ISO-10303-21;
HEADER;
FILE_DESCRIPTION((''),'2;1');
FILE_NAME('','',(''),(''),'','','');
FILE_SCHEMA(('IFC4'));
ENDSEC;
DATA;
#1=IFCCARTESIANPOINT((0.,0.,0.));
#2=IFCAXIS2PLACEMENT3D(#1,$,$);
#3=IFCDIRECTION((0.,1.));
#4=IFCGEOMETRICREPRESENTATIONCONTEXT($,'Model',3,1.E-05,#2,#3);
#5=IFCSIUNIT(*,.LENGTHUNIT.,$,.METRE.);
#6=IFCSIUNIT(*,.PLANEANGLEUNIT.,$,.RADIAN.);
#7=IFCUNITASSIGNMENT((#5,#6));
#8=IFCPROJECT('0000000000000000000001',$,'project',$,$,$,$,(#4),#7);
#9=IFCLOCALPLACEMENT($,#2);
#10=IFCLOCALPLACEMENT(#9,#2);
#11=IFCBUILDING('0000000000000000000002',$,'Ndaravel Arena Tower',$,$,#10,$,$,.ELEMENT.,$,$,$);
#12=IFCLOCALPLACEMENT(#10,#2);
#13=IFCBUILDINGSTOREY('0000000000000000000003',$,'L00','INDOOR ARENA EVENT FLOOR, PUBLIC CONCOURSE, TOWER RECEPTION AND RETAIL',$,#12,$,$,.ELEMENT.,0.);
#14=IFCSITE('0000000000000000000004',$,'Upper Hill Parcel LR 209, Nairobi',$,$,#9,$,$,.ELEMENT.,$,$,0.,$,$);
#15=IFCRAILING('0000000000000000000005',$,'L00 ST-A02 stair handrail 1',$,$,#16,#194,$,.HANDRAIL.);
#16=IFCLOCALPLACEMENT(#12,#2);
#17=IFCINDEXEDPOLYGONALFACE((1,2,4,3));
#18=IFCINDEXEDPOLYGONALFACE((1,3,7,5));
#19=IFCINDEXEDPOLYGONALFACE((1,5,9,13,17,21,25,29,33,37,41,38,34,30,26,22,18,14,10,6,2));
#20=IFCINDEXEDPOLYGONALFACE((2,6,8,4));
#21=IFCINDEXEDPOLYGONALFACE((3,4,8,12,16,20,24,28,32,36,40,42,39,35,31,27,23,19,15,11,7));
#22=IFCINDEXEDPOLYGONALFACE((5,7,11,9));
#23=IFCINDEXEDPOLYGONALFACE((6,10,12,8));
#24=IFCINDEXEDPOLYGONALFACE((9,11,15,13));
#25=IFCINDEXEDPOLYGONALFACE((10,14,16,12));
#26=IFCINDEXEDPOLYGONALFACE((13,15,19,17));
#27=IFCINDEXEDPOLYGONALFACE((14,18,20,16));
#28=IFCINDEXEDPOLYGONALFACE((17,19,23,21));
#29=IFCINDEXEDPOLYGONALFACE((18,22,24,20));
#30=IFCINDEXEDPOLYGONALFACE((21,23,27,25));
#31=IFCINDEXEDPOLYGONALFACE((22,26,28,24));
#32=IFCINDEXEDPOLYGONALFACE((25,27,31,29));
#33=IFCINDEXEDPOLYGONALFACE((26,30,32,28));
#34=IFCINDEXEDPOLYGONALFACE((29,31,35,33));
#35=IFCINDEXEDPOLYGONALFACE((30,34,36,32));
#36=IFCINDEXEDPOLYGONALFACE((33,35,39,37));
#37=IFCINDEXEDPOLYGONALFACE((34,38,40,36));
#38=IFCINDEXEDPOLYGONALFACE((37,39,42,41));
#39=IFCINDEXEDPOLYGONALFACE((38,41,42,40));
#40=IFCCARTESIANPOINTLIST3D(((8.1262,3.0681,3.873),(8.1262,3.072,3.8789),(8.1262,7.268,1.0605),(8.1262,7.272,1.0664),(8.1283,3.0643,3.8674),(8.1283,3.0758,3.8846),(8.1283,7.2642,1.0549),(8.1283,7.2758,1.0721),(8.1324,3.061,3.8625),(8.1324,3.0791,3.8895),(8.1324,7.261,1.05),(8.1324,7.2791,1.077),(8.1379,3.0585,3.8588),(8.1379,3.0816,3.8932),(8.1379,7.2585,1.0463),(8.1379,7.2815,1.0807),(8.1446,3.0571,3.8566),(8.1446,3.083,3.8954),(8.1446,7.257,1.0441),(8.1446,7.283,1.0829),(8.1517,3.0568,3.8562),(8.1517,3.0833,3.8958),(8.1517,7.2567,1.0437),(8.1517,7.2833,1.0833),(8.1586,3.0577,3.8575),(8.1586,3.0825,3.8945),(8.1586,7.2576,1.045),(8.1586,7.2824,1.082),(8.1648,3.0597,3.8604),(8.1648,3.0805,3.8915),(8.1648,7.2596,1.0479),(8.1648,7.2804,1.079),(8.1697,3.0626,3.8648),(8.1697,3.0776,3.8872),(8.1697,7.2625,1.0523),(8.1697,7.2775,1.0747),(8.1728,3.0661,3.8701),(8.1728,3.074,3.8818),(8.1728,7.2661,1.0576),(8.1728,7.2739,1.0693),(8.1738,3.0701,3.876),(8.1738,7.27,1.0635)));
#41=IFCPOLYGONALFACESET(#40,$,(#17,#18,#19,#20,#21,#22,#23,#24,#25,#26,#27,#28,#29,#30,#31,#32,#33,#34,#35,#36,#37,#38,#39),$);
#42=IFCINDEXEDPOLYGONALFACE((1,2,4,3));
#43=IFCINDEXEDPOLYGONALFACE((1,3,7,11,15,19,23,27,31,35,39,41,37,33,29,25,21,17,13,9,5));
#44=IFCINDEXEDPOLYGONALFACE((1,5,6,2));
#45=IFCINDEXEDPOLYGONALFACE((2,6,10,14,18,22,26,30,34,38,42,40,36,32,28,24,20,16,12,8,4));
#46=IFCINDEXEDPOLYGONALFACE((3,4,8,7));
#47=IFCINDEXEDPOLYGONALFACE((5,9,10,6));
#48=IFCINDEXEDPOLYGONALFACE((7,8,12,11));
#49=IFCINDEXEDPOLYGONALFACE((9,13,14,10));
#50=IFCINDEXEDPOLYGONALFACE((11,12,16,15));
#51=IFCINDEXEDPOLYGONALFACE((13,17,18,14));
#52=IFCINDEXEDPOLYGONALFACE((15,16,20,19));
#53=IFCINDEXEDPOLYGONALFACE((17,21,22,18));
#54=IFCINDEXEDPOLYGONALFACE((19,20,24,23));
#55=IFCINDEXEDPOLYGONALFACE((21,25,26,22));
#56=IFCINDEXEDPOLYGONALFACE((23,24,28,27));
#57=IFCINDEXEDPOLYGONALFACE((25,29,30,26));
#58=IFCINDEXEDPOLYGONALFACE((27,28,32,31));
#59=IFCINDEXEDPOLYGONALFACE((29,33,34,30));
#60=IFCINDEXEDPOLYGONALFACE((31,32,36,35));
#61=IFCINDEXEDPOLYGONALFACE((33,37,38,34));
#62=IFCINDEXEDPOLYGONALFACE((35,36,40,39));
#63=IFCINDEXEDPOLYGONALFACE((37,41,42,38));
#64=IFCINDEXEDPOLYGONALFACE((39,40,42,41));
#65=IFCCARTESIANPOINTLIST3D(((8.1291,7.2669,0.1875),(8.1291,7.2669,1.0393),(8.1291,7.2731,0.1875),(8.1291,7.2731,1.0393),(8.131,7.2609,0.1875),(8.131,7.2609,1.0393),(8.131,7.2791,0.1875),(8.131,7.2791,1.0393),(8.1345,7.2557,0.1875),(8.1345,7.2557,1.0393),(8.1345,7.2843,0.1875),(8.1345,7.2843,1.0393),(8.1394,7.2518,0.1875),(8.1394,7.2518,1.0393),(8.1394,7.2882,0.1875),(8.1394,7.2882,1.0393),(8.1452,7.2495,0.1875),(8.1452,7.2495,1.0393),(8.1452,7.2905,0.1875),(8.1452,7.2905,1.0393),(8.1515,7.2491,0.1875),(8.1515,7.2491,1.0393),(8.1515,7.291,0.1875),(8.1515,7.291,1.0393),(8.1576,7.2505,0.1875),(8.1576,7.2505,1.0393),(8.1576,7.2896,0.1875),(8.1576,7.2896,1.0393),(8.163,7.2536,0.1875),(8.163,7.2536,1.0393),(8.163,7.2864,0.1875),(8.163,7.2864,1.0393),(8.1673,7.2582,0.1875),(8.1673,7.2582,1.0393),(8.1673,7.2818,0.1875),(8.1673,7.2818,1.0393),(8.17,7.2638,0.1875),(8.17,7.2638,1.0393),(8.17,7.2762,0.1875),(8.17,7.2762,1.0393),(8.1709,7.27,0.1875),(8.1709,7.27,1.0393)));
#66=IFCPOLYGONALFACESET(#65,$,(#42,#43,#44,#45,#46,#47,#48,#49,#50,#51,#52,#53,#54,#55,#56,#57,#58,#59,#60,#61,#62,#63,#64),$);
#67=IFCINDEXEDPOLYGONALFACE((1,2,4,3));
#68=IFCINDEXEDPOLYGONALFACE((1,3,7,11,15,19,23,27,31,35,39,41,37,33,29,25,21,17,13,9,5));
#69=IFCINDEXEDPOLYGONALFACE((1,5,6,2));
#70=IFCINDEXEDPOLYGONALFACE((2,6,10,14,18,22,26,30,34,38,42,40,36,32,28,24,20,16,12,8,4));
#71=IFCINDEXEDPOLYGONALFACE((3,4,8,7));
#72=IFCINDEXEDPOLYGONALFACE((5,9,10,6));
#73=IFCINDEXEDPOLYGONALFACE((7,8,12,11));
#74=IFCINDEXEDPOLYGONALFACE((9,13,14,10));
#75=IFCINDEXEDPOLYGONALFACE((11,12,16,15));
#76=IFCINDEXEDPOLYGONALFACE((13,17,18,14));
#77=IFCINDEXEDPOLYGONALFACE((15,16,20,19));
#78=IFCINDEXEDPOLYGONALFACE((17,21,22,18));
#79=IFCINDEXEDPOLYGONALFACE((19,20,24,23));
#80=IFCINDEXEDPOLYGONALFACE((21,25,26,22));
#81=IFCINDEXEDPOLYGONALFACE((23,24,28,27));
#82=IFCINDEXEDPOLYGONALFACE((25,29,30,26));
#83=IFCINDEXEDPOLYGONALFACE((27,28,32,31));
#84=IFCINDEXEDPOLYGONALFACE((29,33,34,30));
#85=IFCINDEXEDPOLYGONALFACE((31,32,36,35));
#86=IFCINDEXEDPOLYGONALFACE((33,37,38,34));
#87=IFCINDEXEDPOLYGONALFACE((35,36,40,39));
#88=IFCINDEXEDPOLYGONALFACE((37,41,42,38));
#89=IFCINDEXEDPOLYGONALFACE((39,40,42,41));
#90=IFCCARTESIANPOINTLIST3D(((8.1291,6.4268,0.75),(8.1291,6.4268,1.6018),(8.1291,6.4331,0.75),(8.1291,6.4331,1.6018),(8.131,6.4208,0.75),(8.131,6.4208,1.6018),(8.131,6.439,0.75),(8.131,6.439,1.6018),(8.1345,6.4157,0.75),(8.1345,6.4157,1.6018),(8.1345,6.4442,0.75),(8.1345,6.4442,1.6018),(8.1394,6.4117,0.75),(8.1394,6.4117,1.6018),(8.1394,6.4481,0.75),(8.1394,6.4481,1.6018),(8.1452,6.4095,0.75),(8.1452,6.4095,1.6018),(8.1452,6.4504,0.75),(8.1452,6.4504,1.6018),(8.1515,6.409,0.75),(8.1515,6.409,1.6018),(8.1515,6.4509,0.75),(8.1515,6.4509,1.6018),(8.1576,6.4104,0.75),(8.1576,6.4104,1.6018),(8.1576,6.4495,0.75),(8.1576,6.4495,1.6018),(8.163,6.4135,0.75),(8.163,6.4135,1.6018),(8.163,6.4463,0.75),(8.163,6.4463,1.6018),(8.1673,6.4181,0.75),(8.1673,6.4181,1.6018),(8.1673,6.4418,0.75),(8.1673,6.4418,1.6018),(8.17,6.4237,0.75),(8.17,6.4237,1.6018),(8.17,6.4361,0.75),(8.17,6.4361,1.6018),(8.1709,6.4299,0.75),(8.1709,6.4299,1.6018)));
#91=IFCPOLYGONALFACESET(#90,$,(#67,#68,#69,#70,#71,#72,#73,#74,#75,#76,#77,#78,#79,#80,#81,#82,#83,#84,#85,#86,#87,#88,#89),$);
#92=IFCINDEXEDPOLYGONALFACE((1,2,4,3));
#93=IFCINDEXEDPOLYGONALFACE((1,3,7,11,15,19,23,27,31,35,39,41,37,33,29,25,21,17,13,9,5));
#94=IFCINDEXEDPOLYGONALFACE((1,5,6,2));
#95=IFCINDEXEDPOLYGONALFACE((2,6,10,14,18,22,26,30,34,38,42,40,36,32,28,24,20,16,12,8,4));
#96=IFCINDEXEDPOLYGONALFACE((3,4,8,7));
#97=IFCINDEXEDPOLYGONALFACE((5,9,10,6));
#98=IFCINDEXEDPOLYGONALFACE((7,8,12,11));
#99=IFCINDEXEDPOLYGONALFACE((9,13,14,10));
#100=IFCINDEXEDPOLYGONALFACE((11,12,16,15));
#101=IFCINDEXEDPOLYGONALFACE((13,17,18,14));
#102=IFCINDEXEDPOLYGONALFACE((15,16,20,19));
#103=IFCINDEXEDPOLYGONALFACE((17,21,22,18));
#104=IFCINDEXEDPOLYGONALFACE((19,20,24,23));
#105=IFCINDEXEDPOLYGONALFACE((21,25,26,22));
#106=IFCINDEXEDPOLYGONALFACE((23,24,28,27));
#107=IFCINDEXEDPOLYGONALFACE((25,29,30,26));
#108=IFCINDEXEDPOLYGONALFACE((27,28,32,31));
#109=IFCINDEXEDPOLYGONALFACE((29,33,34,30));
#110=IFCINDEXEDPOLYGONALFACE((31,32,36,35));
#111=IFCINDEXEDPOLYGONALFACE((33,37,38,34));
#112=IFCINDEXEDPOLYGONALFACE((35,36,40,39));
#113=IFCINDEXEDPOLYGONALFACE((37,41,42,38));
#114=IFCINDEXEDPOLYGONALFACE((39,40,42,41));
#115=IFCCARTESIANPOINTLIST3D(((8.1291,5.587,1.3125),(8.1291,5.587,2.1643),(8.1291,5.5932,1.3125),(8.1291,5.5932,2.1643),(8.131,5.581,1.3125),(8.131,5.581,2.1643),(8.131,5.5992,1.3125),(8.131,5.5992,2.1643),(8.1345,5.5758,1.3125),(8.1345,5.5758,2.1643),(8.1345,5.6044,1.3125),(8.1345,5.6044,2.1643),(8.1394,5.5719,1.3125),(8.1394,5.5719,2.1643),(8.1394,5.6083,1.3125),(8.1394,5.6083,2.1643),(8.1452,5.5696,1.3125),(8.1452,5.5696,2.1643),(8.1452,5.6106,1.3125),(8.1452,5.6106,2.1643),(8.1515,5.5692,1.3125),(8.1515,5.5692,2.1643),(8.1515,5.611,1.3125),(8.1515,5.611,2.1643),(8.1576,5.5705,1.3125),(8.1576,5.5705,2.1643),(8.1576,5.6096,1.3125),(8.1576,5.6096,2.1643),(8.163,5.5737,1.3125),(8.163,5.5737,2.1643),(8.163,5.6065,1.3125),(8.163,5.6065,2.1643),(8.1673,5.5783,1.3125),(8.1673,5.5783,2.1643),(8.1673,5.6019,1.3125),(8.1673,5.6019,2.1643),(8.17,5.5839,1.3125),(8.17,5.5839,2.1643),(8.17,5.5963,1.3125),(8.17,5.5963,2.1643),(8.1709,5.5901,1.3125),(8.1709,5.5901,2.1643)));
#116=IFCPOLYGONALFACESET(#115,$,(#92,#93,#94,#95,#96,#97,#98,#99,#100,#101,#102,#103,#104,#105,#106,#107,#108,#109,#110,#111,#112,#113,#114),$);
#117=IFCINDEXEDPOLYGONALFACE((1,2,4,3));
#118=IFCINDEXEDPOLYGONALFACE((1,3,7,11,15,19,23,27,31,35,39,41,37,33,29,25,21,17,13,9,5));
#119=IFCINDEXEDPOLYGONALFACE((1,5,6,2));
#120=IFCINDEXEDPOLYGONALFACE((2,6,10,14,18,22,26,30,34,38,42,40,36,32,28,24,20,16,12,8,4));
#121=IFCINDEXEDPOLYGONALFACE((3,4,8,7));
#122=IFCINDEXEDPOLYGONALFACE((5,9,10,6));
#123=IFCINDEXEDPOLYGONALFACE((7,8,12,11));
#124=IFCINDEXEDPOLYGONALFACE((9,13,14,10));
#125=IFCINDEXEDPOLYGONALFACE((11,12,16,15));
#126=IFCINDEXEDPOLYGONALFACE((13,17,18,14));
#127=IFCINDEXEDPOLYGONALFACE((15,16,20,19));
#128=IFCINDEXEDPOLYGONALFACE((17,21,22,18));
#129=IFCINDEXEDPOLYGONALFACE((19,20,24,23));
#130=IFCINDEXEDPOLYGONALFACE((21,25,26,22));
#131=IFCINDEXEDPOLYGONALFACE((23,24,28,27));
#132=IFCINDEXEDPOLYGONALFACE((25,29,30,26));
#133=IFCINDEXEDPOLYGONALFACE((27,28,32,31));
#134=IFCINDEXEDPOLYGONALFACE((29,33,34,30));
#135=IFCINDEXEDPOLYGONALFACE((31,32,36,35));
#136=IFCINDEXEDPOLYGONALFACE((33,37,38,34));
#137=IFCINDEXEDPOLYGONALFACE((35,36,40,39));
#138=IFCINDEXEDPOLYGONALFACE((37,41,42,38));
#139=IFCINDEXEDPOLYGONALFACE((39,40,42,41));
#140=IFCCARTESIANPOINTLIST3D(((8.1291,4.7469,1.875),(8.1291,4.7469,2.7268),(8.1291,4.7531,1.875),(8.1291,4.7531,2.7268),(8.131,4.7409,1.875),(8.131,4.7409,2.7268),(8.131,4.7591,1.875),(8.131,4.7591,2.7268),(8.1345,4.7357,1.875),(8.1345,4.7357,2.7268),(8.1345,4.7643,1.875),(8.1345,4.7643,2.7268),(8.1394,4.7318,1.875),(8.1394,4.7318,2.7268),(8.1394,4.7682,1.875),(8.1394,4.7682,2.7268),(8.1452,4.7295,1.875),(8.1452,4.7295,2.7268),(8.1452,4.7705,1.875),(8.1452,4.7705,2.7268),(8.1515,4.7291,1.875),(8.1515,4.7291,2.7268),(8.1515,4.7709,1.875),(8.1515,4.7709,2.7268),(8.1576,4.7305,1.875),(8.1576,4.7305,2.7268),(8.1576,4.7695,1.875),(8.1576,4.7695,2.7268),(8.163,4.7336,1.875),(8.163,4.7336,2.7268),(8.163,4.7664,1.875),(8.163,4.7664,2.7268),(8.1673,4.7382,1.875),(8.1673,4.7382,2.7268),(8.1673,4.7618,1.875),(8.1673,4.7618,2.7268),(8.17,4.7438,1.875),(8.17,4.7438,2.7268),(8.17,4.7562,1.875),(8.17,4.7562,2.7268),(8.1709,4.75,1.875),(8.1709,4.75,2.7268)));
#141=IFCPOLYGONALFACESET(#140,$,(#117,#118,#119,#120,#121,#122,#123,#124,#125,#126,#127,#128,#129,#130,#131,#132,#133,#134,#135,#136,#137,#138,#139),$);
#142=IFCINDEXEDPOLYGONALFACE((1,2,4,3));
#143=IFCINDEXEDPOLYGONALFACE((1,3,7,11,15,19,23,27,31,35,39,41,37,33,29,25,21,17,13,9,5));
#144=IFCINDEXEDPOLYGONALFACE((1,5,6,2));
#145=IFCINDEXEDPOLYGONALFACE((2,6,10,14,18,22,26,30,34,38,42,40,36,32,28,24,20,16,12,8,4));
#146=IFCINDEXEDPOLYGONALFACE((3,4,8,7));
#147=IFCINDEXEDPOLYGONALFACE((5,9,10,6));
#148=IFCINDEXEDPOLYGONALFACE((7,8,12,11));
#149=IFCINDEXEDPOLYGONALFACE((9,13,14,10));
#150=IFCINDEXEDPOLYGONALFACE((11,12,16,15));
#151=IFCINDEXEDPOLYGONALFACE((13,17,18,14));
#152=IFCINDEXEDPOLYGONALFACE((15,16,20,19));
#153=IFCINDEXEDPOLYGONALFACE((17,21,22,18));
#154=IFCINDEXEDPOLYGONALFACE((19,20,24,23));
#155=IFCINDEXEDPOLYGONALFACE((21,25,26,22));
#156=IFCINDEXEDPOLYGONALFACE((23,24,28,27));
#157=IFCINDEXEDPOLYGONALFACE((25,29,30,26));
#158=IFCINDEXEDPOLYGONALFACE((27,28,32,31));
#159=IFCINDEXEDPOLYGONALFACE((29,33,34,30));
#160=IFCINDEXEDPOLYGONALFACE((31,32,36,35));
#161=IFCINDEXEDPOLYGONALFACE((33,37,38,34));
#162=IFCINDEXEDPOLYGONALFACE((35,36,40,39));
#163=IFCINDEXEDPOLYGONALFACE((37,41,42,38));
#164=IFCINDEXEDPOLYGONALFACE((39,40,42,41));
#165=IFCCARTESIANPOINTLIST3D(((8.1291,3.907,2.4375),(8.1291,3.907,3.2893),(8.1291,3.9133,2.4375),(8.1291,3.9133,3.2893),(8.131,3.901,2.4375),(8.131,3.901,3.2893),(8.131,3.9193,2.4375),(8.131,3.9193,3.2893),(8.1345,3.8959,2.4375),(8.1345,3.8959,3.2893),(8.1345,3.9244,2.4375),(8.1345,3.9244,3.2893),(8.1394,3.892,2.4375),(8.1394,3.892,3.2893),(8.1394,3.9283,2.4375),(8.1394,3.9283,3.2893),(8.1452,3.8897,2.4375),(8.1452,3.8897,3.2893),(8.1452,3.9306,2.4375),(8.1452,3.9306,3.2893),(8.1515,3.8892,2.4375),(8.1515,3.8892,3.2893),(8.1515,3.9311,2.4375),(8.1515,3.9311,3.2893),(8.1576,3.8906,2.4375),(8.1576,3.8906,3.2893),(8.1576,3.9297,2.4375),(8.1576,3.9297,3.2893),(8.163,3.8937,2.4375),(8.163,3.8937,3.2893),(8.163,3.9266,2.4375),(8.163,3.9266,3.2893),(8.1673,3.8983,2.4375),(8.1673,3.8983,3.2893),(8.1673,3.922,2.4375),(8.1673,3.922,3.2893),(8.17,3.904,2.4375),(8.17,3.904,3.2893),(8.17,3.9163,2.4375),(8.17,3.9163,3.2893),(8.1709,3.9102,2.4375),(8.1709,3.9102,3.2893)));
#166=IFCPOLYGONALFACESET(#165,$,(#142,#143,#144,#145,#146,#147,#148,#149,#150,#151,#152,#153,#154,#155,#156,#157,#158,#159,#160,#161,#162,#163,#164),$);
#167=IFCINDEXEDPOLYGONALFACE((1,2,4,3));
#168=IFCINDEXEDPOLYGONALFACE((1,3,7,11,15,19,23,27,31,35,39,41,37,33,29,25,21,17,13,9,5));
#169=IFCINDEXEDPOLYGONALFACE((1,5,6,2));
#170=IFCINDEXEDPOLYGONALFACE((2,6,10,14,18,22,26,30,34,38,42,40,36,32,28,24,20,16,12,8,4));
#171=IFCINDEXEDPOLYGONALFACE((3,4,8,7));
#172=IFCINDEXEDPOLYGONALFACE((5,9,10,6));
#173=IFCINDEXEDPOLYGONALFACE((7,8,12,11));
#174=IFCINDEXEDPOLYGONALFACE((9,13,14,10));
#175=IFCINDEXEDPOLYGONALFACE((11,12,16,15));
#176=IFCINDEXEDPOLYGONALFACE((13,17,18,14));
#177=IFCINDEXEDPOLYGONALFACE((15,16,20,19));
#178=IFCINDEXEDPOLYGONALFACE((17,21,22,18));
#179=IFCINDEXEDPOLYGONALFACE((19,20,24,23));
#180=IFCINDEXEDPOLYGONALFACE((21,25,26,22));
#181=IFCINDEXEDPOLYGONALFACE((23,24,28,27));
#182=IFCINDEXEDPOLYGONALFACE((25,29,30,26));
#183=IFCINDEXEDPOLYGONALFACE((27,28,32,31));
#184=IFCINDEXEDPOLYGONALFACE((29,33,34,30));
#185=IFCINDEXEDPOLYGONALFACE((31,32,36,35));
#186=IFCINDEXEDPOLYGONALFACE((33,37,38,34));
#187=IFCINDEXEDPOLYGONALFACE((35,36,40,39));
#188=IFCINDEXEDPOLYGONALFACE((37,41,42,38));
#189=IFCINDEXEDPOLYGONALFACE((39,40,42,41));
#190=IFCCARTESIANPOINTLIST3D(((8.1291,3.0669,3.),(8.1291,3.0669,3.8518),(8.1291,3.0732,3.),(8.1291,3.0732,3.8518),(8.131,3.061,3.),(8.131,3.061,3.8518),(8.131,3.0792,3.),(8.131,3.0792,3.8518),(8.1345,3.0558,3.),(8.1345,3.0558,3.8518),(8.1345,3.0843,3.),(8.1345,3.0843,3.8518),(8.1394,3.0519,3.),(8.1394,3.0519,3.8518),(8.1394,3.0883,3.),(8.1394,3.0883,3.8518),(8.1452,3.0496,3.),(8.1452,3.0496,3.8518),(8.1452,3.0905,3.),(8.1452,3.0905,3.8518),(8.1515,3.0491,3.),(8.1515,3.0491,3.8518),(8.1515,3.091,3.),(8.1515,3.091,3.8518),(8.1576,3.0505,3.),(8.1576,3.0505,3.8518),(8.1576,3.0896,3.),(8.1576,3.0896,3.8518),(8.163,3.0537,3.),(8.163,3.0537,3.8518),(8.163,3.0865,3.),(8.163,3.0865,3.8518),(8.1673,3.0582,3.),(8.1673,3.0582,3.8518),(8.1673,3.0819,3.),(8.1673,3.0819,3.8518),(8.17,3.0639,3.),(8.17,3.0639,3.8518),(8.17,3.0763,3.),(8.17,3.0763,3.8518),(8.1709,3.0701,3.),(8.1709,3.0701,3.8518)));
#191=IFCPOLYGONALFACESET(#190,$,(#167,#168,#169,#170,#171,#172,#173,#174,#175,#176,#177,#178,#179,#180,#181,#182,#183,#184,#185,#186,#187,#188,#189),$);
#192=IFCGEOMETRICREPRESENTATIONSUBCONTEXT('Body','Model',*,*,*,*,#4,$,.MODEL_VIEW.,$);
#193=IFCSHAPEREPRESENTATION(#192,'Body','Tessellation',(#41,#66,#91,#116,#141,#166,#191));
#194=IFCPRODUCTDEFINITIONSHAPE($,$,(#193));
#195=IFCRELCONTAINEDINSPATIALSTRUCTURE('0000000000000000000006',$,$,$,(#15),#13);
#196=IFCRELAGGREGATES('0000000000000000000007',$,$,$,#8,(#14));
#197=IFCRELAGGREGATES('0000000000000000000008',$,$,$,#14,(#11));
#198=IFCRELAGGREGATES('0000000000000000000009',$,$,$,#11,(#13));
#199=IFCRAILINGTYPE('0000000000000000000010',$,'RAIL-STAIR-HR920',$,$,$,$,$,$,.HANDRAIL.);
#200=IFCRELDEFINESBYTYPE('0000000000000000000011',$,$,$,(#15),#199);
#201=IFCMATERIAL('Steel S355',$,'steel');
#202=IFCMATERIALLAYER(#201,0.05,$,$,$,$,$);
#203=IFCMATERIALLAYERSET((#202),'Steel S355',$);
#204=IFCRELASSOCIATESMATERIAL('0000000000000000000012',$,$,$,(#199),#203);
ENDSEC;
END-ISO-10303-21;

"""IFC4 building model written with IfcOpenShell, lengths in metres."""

from ifc_helpers import new_model, si_unit, direction, frame, origin, origin_2d, place, context, subcontext, project, spatial, circle, extrude, material, layer, layer_set, type_object, element, save


model = new_model("IFC4")

# Units and contexts
model_context = context("Model", 3, precision=1e-05, world=origin(), true_north=direction((0.0, 1.0)))
body_context = subcontext(model_context, "Body", "Model", "MODEL_VIEW")
ifc_project = project(units=[si_unit("LENGTHUNIT", "METRE"), si_unit("PLANEANGLEUNIT", "RADIAN")], contexts=[model_context])

# Site, building, storey
site_placement = place(None, origin())
site = spatial("IfcSite", under=ifc_project, at=site_placement, Name="Upper Hill Parcel LR 209, Nairobi", CompositionType="ELEMENT", RefElevation=0.0)
building_placement = place(site_placement, origin())
building = spatial("IfcBuilding", under=site, at=building_placement, Name="Ndaravel Arena Tower", CompositionType="ELEMENT")
storey_placement = place(building_placement, origin())
storey = spatial("IfcBuildingStorey", under=building, at=storey_placement, Name="L00", Description="INDOOR ARENA EVENT FLOOR, PUBLIC CONCOURSE, TOWER RECEPTION AND RETAIL", CompositionType="ELEMENT", Elevation=0.0)

# Railing
ifc_material_1 = material(Name="Steel S355", Category="steel")
ifc_layer_1 = layer(ifc_material_1, 0.05)
ifc_layer_set_1 = layer_set([ifc_layer_1], Name="Steel S355")
railing_type_1 = type_object("IfcRailingType", Name="RAIL-STAIR-HR920", PredefinedType="HANDRAIL", material=ifc_layer_set_1)
railing_1_placement = place(storey_placement, frame((8.1499, 7.27, 0.1875)))
element("IfcRailing", 1, at=railing_1_placement, inside=storey, type_object=railing_type_1, Name="L00 ST-A02 stair handrail 1", PredefinedType="HANDRAIL", context=body_context, shape_type="SweptSolid", body=[
    extrude(circle(Radius=0.0239, at=origin_2d()), frame((0.0, 0.0, 0.876), z_axis=(0.0, -0.830904, 0.556416), x_axis=(1.0, 0.0, 0.0)), (0.0, 0.0, 1.0), 5.0547),
    extrude(circle(Radius=0.021, at=origin_2d()), origin(), (0.0, 0.0, 1.0), 0.8518),
    extrude(circle(Radius=0.021, at=origin_2d()), frame((0.0, -0.8401, 0.5625)), (0.0, 0.0, 1.0), 0.8518),
    extrude(circle(Radius=0.021, at=origin_2d()), frame((0.0, -1.6799, 1.125)), (0.0, 0.0, 1.0), 0.8518),
    extrude(circle(Radius=0.021, at=origin_2d()), frame((0.0, -2.52, 1.6875)), (0.0, 0.0, 1.0), 0.8518),
    extrude(circle(Radius=0.021, at=origin_2d()), frame((0.0, -3.3599, 2.25)), (0.0, 0.0, 1.0), 0.8518),
    extrude(circle(Radius=0.021, at=origin_2d()), frame((0.0, -4.2, 2.8125)), (0.0, 0.0, 1.0), 0.8518),
])

save(model, "model.ifc")
